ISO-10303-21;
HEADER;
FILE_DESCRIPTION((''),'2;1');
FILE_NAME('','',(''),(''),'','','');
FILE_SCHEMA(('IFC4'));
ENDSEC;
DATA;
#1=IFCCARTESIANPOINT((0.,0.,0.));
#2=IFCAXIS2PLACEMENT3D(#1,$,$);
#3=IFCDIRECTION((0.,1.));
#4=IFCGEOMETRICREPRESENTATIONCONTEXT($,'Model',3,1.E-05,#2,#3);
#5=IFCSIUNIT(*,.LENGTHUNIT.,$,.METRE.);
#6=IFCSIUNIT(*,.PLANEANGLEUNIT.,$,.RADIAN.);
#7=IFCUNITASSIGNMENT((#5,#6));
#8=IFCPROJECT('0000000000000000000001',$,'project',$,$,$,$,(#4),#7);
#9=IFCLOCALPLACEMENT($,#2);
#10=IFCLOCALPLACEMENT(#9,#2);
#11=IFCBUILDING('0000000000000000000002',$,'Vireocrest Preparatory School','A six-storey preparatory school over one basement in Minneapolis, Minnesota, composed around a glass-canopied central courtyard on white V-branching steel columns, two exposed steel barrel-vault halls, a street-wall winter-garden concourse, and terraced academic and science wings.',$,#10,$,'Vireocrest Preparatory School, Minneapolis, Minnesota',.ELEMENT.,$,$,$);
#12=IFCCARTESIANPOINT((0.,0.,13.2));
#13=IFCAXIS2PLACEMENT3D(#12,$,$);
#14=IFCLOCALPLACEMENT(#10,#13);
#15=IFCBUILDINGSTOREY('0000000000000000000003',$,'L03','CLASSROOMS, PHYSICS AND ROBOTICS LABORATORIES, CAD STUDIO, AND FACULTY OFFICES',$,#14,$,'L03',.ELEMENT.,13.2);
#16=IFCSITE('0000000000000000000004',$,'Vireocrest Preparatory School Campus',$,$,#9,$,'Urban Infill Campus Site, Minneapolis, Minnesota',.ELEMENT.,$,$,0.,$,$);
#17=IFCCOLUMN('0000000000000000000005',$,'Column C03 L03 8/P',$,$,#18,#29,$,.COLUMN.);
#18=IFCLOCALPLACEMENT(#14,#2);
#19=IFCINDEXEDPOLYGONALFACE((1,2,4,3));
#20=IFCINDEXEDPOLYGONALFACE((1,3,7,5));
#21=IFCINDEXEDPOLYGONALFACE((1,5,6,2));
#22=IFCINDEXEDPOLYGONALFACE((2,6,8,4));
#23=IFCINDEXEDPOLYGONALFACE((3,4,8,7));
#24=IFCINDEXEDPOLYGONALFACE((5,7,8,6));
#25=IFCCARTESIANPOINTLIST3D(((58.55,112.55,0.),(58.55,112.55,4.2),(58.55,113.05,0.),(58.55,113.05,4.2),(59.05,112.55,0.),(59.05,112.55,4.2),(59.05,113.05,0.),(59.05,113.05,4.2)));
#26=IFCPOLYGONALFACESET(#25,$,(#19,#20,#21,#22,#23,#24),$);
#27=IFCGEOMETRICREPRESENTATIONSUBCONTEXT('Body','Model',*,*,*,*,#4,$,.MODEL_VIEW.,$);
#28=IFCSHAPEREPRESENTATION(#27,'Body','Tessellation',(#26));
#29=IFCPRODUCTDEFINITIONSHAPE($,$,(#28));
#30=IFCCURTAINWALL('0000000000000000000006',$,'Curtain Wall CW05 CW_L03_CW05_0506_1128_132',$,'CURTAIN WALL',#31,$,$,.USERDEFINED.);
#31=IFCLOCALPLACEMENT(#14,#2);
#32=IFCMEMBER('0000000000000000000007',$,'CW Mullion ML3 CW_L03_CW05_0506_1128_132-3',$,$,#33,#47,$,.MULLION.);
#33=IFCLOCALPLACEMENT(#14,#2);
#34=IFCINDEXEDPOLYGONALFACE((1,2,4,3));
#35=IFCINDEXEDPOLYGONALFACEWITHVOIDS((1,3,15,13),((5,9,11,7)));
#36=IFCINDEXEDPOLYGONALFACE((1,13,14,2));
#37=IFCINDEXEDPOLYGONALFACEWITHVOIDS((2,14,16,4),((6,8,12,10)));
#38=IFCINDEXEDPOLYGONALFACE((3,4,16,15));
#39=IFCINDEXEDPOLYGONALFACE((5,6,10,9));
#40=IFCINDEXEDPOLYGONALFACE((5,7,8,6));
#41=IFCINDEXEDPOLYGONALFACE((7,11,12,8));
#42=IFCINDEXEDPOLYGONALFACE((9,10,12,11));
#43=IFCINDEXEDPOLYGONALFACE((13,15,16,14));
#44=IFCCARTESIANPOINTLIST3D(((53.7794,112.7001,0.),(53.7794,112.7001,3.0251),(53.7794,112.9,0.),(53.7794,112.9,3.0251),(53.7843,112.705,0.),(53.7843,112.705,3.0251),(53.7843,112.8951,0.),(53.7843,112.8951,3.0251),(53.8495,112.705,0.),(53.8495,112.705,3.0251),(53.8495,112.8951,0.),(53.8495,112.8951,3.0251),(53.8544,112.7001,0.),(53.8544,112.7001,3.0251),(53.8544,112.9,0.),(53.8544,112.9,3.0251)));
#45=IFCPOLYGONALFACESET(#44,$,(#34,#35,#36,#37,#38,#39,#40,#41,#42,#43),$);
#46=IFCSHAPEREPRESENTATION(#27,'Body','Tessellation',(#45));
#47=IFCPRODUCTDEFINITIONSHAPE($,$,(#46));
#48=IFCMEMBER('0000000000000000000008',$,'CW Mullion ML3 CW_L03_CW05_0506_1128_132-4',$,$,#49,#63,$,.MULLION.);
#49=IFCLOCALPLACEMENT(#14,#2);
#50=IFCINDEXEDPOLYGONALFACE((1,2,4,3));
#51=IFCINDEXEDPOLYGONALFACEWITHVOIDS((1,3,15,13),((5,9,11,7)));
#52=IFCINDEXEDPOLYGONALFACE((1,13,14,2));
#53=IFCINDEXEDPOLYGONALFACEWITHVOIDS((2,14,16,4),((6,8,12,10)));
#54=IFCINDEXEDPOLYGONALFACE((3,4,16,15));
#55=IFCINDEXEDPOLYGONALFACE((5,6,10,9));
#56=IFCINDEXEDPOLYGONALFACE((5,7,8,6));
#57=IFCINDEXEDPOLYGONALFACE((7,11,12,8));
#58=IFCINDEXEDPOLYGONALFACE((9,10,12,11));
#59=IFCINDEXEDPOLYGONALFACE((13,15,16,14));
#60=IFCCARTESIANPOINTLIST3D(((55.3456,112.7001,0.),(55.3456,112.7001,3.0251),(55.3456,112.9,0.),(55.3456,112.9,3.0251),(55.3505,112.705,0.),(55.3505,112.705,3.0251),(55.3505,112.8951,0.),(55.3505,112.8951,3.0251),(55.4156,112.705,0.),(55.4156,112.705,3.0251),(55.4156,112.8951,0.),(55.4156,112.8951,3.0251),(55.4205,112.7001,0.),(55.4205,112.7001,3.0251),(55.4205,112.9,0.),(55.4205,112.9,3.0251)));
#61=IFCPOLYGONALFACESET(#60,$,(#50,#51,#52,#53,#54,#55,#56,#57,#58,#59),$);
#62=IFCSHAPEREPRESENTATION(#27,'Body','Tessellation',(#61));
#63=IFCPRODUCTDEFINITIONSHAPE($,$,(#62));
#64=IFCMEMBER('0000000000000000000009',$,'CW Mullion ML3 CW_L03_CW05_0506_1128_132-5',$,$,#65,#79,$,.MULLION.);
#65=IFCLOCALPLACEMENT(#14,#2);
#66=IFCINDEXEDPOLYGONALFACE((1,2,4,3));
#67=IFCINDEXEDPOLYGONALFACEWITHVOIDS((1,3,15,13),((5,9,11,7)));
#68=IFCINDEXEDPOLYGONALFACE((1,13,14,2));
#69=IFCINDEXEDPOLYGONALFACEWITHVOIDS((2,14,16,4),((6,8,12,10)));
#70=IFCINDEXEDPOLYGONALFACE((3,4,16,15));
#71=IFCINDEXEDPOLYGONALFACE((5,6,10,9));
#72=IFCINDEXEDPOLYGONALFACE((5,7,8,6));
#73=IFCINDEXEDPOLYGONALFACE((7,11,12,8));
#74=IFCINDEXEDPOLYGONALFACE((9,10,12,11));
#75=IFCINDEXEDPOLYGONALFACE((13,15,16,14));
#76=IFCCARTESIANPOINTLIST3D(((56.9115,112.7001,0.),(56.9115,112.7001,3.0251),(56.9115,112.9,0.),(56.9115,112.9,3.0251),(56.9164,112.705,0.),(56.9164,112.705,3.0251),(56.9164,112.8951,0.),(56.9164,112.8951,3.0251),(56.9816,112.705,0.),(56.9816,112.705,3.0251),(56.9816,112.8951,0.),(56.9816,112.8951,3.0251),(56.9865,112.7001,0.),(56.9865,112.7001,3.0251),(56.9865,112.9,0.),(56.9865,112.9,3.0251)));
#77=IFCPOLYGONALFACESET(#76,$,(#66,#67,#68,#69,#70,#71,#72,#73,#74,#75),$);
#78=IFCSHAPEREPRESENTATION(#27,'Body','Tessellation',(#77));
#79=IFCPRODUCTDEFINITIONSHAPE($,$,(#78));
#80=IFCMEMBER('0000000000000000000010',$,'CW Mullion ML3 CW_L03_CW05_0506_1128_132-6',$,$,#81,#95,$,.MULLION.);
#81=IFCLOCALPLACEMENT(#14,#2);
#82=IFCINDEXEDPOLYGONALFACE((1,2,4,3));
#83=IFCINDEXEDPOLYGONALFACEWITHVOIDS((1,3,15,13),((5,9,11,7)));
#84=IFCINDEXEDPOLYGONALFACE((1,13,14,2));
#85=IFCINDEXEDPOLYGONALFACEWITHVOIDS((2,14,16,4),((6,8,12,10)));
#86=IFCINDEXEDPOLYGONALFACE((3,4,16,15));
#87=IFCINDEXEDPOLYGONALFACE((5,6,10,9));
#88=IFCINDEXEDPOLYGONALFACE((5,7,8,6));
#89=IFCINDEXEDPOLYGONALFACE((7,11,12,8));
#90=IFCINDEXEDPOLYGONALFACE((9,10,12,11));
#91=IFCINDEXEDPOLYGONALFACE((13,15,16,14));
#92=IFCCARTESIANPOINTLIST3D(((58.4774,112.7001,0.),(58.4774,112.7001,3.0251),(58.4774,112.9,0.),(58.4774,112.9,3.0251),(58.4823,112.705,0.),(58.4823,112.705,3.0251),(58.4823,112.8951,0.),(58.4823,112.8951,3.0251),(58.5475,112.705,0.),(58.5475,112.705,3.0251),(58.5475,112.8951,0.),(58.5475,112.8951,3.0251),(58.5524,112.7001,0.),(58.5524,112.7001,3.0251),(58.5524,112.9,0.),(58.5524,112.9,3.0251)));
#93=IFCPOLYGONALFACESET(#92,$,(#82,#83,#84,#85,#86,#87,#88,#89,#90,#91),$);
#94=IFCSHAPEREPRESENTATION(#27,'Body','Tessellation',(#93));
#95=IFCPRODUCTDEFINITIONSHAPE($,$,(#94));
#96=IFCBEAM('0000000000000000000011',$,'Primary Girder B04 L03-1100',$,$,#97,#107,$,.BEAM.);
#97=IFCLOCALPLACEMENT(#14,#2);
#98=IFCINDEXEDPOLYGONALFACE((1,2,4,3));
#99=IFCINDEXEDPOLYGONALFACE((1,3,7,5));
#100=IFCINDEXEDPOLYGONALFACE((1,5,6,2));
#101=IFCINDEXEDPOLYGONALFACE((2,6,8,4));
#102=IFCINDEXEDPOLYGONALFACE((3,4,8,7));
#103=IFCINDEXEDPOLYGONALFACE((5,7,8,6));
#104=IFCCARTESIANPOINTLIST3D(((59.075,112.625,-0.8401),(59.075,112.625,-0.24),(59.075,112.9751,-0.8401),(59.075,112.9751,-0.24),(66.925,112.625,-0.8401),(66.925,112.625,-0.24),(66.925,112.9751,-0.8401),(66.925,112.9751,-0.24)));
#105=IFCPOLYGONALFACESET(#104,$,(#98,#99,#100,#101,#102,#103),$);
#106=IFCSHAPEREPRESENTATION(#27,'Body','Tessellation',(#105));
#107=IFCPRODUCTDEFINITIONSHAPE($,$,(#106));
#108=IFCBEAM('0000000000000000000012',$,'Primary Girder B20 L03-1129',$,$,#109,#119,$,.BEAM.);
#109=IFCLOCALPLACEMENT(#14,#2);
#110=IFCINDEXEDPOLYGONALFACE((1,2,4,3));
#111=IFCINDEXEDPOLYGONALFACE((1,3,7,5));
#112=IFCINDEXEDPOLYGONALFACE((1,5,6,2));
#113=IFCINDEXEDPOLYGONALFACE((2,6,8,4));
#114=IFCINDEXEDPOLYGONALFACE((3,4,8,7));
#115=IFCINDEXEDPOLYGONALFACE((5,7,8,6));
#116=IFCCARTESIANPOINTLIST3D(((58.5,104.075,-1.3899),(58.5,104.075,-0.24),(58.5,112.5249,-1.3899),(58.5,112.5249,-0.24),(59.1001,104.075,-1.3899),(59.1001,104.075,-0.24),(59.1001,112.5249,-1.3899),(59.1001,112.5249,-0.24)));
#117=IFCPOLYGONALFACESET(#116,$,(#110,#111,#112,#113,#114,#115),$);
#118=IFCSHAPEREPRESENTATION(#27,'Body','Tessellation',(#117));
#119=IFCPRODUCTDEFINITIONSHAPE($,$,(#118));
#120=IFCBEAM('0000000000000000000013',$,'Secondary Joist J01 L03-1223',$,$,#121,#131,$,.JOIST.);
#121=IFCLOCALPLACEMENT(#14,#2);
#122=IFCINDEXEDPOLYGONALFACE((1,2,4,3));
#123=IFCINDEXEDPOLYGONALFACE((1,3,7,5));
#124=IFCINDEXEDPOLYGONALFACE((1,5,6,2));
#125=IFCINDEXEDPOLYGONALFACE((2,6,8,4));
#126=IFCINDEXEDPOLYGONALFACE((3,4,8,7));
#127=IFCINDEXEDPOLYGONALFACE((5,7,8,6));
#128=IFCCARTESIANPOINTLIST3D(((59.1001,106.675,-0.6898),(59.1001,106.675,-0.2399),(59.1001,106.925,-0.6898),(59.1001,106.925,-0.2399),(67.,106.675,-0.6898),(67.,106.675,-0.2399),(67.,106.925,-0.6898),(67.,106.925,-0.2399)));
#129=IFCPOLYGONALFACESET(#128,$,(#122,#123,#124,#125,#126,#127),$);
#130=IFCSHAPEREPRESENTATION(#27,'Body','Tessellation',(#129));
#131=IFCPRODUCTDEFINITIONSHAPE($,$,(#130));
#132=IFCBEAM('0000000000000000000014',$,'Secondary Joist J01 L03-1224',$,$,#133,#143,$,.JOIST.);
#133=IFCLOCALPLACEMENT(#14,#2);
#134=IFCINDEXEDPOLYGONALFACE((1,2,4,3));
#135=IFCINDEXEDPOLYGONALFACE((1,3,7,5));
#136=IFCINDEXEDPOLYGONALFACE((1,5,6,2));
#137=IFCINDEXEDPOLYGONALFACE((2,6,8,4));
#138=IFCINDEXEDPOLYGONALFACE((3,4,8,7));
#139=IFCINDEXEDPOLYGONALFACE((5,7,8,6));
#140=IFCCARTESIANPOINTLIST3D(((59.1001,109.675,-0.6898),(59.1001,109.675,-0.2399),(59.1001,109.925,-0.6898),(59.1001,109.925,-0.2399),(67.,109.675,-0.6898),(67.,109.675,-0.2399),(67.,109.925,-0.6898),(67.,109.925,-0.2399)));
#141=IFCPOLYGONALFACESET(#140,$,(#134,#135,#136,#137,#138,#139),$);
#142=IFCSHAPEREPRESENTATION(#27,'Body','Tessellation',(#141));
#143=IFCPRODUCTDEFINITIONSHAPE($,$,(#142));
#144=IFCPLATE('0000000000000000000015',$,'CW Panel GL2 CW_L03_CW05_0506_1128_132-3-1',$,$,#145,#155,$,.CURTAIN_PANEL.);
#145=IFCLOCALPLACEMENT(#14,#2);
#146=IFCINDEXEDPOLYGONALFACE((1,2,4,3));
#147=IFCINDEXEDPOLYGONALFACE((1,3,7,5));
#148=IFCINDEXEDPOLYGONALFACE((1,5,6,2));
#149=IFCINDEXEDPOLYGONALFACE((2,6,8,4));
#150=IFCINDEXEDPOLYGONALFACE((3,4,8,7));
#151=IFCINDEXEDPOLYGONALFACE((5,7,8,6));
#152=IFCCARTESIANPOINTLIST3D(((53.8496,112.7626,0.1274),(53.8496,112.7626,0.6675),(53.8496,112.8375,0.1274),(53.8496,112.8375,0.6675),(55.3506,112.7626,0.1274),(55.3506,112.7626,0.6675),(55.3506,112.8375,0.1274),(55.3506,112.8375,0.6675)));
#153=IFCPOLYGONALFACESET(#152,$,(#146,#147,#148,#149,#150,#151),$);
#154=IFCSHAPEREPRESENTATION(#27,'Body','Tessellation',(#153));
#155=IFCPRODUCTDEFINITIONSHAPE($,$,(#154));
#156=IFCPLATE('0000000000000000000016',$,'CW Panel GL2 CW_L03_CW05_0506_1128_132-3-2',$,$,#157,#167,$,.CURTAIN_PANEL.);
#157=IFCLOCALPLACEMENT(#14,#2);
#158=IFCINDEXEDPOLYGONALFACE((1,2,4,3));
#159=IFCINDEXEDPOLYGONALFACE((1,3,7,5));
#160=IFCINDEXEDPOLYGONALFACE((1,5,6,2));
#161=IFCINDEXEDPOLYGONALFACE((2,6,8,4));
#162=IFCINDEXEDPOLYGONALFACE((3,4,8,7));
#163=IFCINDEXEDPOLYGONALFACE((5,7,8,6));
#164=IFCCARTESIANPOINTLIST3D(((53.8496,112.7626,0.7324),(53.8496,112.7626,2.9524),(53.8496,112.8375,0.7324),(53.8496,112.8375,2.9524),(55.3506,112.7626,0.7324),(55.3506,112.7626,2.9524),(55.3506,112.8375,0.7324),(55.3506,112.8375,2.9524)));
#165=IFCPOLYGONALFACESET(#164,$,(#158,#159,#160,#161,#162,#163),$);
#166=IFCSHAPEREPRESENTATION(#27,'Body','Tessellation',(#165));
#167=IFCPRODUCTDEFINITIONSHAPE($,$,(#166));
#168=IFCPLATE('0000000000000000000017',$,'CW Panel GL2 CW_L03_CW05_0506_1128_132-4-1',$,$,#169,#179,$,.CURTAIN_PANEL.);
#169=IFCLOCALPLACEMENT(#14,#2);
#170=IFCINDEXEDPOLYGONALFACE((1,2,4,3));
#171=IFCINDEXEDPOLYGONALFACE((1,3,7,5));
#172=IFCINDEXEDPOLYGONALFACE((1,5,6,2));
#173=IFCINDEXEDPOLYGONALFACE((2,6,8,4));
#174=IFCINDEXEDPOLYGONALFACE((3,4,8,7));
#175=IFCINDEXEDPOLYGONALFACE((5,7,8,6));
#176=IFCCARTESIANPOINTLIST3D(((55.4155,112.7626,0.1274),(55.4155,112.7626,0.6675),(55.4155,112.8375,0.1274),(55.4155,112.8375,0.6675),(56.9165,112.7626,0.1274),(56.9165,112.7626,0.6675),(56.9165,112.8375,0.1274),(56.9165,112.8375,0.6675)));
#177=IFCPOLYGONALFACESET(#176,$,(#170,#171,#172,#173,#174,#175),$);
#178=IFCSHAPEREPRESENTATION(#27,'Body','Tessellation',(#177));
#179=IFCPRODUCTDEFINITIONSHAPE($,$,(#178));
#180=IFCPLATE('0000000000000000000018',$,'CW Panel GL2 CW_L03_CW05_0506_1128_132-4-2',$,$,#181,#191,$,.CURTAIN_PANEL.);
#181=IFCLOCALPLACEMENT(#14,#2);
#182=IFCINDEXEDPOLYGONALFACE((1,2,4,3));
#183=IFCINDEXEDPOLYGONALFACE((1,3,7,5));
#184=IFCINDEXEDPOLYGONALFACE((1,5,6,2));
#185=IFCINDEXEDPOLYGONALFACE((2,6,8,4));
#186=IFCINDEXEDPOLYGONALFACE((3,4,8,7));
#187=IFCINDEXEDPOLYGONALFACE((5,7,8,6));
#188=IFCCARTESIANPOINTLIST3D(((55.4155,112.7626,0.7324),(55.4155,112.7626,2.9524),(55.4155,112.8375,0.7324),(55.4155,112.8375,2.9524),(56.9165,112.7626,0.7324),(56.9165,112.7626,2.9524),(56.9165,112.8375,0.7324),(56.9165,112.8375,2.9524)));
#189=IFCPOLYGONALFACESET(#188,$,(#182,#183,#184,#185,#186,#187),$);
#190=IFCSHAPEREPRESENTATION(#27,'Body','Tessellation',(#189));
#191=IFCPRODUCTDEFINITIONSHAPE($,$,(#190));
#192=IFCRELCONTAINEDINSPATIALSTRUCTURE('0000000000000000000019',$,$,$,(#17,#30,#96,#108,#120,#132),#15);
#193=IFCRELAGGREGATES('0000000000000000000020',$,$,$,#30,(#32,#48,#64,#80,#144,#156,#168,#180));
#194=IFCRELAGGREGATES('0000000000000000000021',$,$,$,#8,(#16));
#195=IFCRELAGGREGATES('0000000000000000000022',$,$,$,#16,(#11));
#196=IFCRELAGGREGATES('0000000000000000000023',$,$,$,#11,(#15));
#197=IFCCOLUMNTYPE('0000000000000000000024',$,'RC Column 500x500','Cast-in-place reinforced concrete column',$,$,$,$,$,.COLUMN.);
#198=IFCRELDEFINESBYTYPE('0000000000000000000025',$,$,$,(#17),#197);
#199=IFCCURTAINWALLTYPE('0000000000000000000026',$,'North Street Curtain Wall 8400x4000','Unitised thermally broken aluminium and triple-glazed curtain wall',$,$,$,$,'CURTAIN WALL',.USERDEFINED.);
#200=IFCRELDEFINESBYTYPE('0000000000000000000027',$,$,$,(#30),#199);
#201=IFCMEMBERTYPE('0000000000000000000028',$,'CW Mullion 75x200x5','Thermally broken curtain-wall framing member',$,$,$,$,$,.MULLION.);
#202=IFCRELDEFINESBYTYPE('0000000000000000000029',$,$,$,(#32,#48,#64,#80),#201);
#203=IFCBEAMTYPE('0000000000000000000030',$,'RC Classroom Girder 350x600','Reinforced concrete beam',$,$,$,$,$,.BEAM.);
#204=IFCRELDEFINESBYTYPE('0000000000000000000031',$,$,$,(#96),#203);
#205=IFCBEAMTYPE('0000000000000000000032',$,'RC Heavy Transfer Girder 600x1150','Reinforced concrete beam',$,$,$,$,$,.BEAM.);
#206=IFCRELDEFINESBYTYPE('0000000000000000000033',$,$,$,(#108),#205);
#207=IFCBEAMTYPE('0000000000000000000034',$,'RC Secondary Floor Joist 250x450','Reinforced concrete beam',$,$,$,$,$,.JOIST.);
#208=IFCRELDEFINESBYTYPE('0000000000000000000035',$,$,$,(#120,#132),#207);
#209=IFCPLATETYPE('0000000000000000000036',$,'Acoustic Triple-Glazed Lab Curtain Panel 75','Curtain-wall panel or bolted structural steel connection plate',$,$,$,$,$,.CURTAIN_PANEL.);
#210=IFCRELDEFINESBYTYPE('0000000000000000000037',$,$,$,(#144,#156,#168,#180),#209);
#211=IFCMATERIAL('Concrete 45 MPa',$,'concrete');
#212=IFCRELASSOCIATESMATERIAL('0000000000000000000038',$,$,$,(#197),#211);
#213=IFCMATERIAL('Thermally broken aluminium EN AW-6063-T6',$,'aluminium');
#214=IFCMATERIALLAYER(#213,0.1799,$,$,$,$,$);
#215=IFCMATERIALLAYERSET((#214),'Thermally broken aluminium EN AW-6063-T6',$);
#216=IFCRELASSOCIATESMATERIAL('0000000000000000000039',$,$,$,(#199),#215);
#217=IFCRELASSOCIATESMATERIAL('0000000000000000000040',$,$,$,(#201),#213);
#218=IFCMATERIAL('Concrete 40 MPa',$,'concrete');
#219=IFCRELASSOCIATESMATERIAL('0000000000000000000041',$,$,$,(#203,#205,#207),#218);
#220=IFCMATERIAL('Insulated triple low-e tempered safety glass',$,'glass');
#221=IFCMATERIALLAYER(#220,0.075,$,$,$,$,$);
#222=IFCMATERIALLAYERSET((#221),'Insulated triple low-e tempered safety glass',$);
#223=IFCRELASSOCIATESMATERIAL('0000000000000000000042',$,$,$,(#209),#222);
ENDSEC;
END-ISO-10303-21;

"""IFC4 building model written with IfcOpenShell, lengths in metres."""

from ifc_helpers import new_model, si_unit, direction, frame, origin, origin_2d, place, context, subcontext, project, spatial, rectangle, hollow_rectangle, extrude, material, layer, layer_set, material_profile, profile_set, type_object, element, aggregate, save


model = new_model("IFC4")

# Units and contexts
model_context = context("Model", 3, precision=1e-05, world=origin(), true_north=direction((0.0, 1.0)))
body_context = subcontext(model_context, "Body", "Model", "MODEL_VIEW")
ifc_project = project(units=[si_unit("LENGTHUNIT", "METRE"), si_unit("PLANEANGLEUNIT", "RADIAN")], contexts=[model_context])

# Site, building, storey
site_placement = place(None, origin())
site = spatial("IfcSite", under=ifc_project, at=site_placement, Name="Vireocrest Preparatory School Campus", LongName="Urban Infill Campus Site, Minneapolis, Minnesota", CompositionType="ELEMENT", RefElevation=0.0)
building_placement = place(site_placement, origin())
building = spatial("IfcBuilding", under=site, at=building_placement, Name="Vireocrest Preparatory School", Description="A six-storey preparatory school over one basement in Minneapolis, Minnesota, composed around a glass-canopied central courtyard on white V-branching steel columns, two exposed steel barrel-vault halls, a street-wall winter-garden concourse, and terraced academic and science wings.", LongName="Vireocrest Preparatory School, Minneapolis, Minnesota", CompositionType="ELEMENT")
storey_placement = place(building_placement, frame((0.0, 0.0, 13.2)))
storey = spatial("IfcBuildingStorey", under=building, at=storey_placement, Name="L03", Description="CLASSROOMS, PHYSICS AND ROBOTICS LABORATORIES, CAD STUDIO, AND FACULTY OFFICES", LongName="L03", CompositionType="ELEMENT", Elevation=13.2)

# Column
ifc_material_1 = material(Name="Concrete 45 MPa", Category="concrete")
ifc_material_profile_1 = material_profile(ifc_material_1, rectangle(XDim=0.5, YDim=0.5, at=origin_2d()), Name="RC 500x500")
ifc_profile_set_1 = profile_set([ifc_material_profile_1], Name="Concrete 45 MPa")
column_type = type_object("IfcColumnType", Name="RC Column 500x500", Description="Cast-in-place reinforced concrete column", PredefinedType="COLUMN", material=ifc_profile_set_1)
column_placement = place(storey_placement, frame((58.8, 112.8, 0.0), z_axis=(0.0, 0.0, 1.0), x_axis=(1.0, 0.0, 0.0)))
element("IfcColumn", 1, at=column_placement, inside=storey, type_object=column_type, Name="Column C03 L03 8/P", PredefinedType="COLUMN", context=body_context, shape_type="SweptSolid", body=[
    extrude(rectangle(XDim=0.5, YDim=0.5, at=origin_2d()), origin(), (0.0, 0.0, 1.0), 4.2),
])

# Curtain wall, members
ifc_material_2 = material(Name="Thermally broken aluminium EN AW-6063-T6", Category="aluminium")
ifc_layer_1 = layer(ifc_material_2, 0.1799)
ifc_layer_set_1 = layer_set([ifc_layer_1], Name="Thermally broken aluminium EN AW-6063-T6")
curtain_wall_type = type_object("IfcCurtainWallType", Name="North Street Curtain Wall 8400x4000", Description="Unitised thermally broken aluminium and triple-glazed curtain wall", ElementType="CURTAIN WALL", PredefinedType="USERDEFINED", material=ifc_layer_set_1)
curtain_wall_placement = place(storey_placement, origin())
curtain_wall = element("IfcCurtainWall", 2, at=curtain_wall_placement, inside=storey, type_object=curtain_wall_type, Name="Curtain Wall CW05 CW_L03_CW05_0506_1128_132", ObjectType="CURTAIN WALL", PredefinedType="USERDEFINED")
ifc_material_profile_2 = material_profile(ifc_material_2, hollow_rectangle(XDim=0.075, YDim=0.2, WallThickness=0.0049, at=origin_2d()), Name="ALU 75x200x5")
ifc_profile_set_2 = profile_set([ifc_material_profile_2], Name="Thermally broken aluminium EN AW-6063-T6")
member_type = type_object("IfcMemberType", Name="CW Mullion 75x200x5", Description="Thermally broken curtain-wall framing member", PredefinedType="MULLION", material=ifc_profile_set_2)
member_1_placement = place(storey_placement, frame((53.8169, 112.8, 0.0), z_axis=(0.0, 0.0, 1.0), x_axis=(1.0, 0.0, 0.0)))
member_1 = element("IfcMember", 3, at=member_1_placement, type_object=member_type, Name="CW Mullion ML3 CW_L03_CW05_0506_1128_132-3", PredefinedType="MULLION", context=body_context, shape_type="SweptSolid", body=[
    extrude(hollow_rectangle(XDim=0.075, YDim=0.2, WallThickness=0.0049, at=origin_2d()), origin(), (0.0, 0.0, 1.0), 3.0251),
])
member_2_placement = place(storey_placement, frame((55.3831, 112.8, 0.0), z_axis=(0.0, 0.0, 1.0), x_axis=(1.0, 0.0, 0.0)))
member_2 = element("IfcMember", 4, at=member_2_placement, type_object=member_type, Name="CW Mullion ML3 CW_L03_CW05_0506_1128_132-4", PredefinedType="MULLION", context=body_context, shape_type="SweptSolid", body=[
    extrude(hollow_rectangle(XDim=0.075, YDim=0.2, WallThickness=0.0049, at=origin_2d()), origin(), (0.0, 0.0, 1.0), 3.0251),
])
member_3_placement = place(storey_placement, frame((56.949, 112.8, 0.0), z_axis=(0.0, 0.0, 1.0), x_axis=(1.0, 0.0, 0.0)))
member_3 = element("IfcMember", 5, at=member_3_placement, type_object=member_type, Name="CW Mullion ML3 CW_L03_CW05_0506_1128_132-5", PredefinedType="MULLION", context=body_context, shape_type="SweptSolid", body=[
    extrude(hollow_rectangle(XDim=0.075, YDim=0.2, WallThickness=0.0049, at=origin_2d()), origin(), (0.0, 0.0, 1.0), 3.0251),
])
member_4_placement = place(storey_placement, frame((58.5149, 112.8, 0.0), z_axis=(0.0, 0.0, 1.0), x_axis=(1.0, 0.0, 0.0)))
member_4 = element("IfcMember", 6, at=member_4_placement, type_object=member_type, Name="CW Mullion ML3 CW_L03_CW05_0506_1128_132-6", PredefinedType="MULLION", context=body_context, shape_type="SweptSolid", body=[
    extrude(hollow_rectangle(XDim=0.075, YDim=0.2, WallThickness=0.0049, at=origin_2d()), origin(), (0.0, 0.0, 1.0), 3.0251),
])

# Beams
ifc_material_3 = material(Name="Concrete 40 MPa", Category="concrete")
ifc_material_profile_3 = material_profile(ifc_material_3, rectangle(XDim=0.3501, YDim=0.6001, at=origin_2d()), Name="RC 350x600")
ifc_profile_set_3 = profile_set([ifc_material_profile_3], Name="Concrete 40 MPa")
beam_type_1 = type_object("IfcBeamType", Name="RC Classroom Girder 350x600", Description="Reinforced concrete beam", PredefinedType="BEAM", material=ifc_profile_set_3)
beam_1_placement = place(storey_placement, frame((59.075, 112.8, -0.54), z_axis=(1.0, 0.0, 0.0), x_axis=(0.0, 1.0, 0.0)))
element("IfcBeam", 7, at=beam_1_placement, inside=storey, type_object=beam_type_1, Name="Primary Girder B04 L03-1100", PredefinedType="BEAM", context=body_context, shape_type="SweptSolid", body=[
    extrude(rectangle(XDim=0.3501, YDim=0.6001, at=origin_2d()), origin(), (0.0, 0.0, 1.0), 7.8501),
])
ifc_material_profile_4 = material_profile(ifc_material_3, rectangle(XDim=0.6001, YDim=1.1499, at=origin_2d()), Name="RC 600x1150")
ifc_profile_set_4 = profile_set([ifc_material_profile_4], Name="Concrete 40 MPa")
beam_type_2 = type_object("IfcBeamType", Name="RC Heavy Transfer Girder 600x1150", Description="Reinforced concrete beam", PredefinedType="BEAM", material=ifc_profile_set_4)
beam_2_placement = place(storey_placement, frame((58.8, 104.075, -0.8149), z_axis=(0.0, 1.0, 0.0), x_axis=(-1.0, 0.0, 0.0)))
element("IfcBeam", 8, at=beam_2_placement, inside=storey, type_object=beam_type_2, Name="Primary Girder B20 L03-1129", PredefinedType="BEAM", context=body_context, shape_type="SweptSolid", body=[
    extrude(rectangle(XDim=0.6001, YDim=1.1499, at=origin_2d()), origin(), (0.0, 0.0, 1.0), 8.45),
])
ifc_material_profile_5 = material_profile(ifc_material_3, rectangle(XDim=0.25, YDim=0.45, at=origin_2d()), Name="RC 250x450")
ifc_profile_set_5 = profile_set([ifc_material_profile_5], Name="Concrete 40 MPa")
beam_type_3 = type_object("IfcBeamType", Name="RC Secondary Floor Joist 250x450", Description="Reinforced concrete beam", PredefinedType="JOIST", material=ifc_profile_set_5)
for number, where, z_axis, x_axis, name in (
    (9, (59.1001, 106.8, -0.4648), (1.0, 0.0, 0.0), (0.0, 1.0, 0.0), "Secondary Joist J01 L03-1223"),
    (10, (59.1001, 109.8, -0.4648), (1.0, 0.0, 0.0), (0.0, 1.0, 0.0), "Secondary Joist J01 L03-1224"),
):
    element("IfcBeam", number, at=place(storey_placement, frame(where, z_axis=z_axis, x_axis=x_axis)), inside=storey, type_object=beam_type_3, Name=name, PredefinedType="JOIST", context=body_context, shape_type="SweptSolid", body=[
        extrude(rectangle(XDim=0.25, YDim=0.45, at=origin_2d()), origin(), (0.0, 0.0, 1.0), 7.8999),
    ])

# Plates
ifc_material_4 = material(Name="Insulated triple low-e tempered safety glass", Category="glass")
ifc_layer_2 = layer(ifc_material_4, 0.075)
ifc_layer_set_2 = layer_set([ifc_layer_2], Name="Insulated triple low-e tempered safety glass")
plate_type = type_object("IfcPlateType", Name="Acoustic Triple-Glazed Lab Curtain Panel 75", Description="Curtain-wall panel or bolted structural steel connection plate", PredefinedType="CURTAIN_PANEL", material=ifc_layer_set_2)
plate_1_placement = place(storey_placement, frame((54.6001, 112.8, 0.1274), z_axis=(0.0, 0.0, 1.0), x_axis=(1.0, 0.0, 0.0)))
plate_1 = element("IfcPlate", 11, at=plate_1_placement, type_object=plate_type, Name="CW Panel GL2 CW_L03_CW05_0506_1128_132-3-1", PredefinedType="CURTAIN_PANEL", context=body_context, shape_type="SweptSolid", body=[
    extrude(rectangle(XDim=1.501, YDim=0.075, at=origin_2d()), origin(), (0.0, 0.0, 1.0), 0.54),
])
plate_2_placement = place(storey_placement, frame((54.6001, 112.8, 0.7324), z_axis=(0.0, 0.0, 1.0), x_axis=(1.0, 0.0, 0.0)))
plate_2 = element("IfcPlate", 12, at=plate_2_placement, type_object=plate_type, Name="CW Panel GL2 CW_L03_CW05_0506_1128_132-3-2", PredefinedType="CURTAIN_PANEL", context=body_context, shape_type="SweptSolid", body=[
    extrude(rectangle(XDim=1.501, YDim=0.075, at=origin_2d()), origin(), (0.0, 0.0, 1.0), 2.22),
])
plate_3_placement = place(storey_placement, frame((56.166, 112.8, 0.1274), z_axis=(0.0, 0.0, 1.0), x_axis=(1.0, 0.0, 0.0)))
plate_3 = element("IfcPlate", 13, at=plate_3_placement, type_object=plate_type, Name="CW Panel GL2 CW_L03_CW05_0506_1128_132-4-1", PredefinedType="CURTAIN_PANEL", context=body_context, shape_type="SweptSolid", body=[
    extrude(rectangle(XDim=1.501, YDim=0.075, at=origin_2d()), origin(), (0.0, 0.0, 1.0), 0.54),
])
plate_4_placement = place(storey_placement, frame((56.166, 112.8, 0.7324), z_axis=(0.0, 0.0, 1.0), x_axis=(1.0, 0.0, 0.0)))
plate_4 = element("IfcPlate", 14, at=plate_4_placement, type_object=plate_type, Name="CW Panel GL2 CW_L03_CW05_0506_1128_132-4-2", PredefinedType="CURTAIN_PANEL", context=body_context, shape_type="SweptSolid", body=[
    extrude(rectangle(XDim=1.501, YDim=0.075, at=origin_2d()), origin(), (0.0, 0.0, 1.0), 2.22),
])
aggregate(curtain_wall, [member_1, member_2, member_3, member_4, plate_1, plate_2, plate_3, plate_4])

save(model, "model.ifc")
